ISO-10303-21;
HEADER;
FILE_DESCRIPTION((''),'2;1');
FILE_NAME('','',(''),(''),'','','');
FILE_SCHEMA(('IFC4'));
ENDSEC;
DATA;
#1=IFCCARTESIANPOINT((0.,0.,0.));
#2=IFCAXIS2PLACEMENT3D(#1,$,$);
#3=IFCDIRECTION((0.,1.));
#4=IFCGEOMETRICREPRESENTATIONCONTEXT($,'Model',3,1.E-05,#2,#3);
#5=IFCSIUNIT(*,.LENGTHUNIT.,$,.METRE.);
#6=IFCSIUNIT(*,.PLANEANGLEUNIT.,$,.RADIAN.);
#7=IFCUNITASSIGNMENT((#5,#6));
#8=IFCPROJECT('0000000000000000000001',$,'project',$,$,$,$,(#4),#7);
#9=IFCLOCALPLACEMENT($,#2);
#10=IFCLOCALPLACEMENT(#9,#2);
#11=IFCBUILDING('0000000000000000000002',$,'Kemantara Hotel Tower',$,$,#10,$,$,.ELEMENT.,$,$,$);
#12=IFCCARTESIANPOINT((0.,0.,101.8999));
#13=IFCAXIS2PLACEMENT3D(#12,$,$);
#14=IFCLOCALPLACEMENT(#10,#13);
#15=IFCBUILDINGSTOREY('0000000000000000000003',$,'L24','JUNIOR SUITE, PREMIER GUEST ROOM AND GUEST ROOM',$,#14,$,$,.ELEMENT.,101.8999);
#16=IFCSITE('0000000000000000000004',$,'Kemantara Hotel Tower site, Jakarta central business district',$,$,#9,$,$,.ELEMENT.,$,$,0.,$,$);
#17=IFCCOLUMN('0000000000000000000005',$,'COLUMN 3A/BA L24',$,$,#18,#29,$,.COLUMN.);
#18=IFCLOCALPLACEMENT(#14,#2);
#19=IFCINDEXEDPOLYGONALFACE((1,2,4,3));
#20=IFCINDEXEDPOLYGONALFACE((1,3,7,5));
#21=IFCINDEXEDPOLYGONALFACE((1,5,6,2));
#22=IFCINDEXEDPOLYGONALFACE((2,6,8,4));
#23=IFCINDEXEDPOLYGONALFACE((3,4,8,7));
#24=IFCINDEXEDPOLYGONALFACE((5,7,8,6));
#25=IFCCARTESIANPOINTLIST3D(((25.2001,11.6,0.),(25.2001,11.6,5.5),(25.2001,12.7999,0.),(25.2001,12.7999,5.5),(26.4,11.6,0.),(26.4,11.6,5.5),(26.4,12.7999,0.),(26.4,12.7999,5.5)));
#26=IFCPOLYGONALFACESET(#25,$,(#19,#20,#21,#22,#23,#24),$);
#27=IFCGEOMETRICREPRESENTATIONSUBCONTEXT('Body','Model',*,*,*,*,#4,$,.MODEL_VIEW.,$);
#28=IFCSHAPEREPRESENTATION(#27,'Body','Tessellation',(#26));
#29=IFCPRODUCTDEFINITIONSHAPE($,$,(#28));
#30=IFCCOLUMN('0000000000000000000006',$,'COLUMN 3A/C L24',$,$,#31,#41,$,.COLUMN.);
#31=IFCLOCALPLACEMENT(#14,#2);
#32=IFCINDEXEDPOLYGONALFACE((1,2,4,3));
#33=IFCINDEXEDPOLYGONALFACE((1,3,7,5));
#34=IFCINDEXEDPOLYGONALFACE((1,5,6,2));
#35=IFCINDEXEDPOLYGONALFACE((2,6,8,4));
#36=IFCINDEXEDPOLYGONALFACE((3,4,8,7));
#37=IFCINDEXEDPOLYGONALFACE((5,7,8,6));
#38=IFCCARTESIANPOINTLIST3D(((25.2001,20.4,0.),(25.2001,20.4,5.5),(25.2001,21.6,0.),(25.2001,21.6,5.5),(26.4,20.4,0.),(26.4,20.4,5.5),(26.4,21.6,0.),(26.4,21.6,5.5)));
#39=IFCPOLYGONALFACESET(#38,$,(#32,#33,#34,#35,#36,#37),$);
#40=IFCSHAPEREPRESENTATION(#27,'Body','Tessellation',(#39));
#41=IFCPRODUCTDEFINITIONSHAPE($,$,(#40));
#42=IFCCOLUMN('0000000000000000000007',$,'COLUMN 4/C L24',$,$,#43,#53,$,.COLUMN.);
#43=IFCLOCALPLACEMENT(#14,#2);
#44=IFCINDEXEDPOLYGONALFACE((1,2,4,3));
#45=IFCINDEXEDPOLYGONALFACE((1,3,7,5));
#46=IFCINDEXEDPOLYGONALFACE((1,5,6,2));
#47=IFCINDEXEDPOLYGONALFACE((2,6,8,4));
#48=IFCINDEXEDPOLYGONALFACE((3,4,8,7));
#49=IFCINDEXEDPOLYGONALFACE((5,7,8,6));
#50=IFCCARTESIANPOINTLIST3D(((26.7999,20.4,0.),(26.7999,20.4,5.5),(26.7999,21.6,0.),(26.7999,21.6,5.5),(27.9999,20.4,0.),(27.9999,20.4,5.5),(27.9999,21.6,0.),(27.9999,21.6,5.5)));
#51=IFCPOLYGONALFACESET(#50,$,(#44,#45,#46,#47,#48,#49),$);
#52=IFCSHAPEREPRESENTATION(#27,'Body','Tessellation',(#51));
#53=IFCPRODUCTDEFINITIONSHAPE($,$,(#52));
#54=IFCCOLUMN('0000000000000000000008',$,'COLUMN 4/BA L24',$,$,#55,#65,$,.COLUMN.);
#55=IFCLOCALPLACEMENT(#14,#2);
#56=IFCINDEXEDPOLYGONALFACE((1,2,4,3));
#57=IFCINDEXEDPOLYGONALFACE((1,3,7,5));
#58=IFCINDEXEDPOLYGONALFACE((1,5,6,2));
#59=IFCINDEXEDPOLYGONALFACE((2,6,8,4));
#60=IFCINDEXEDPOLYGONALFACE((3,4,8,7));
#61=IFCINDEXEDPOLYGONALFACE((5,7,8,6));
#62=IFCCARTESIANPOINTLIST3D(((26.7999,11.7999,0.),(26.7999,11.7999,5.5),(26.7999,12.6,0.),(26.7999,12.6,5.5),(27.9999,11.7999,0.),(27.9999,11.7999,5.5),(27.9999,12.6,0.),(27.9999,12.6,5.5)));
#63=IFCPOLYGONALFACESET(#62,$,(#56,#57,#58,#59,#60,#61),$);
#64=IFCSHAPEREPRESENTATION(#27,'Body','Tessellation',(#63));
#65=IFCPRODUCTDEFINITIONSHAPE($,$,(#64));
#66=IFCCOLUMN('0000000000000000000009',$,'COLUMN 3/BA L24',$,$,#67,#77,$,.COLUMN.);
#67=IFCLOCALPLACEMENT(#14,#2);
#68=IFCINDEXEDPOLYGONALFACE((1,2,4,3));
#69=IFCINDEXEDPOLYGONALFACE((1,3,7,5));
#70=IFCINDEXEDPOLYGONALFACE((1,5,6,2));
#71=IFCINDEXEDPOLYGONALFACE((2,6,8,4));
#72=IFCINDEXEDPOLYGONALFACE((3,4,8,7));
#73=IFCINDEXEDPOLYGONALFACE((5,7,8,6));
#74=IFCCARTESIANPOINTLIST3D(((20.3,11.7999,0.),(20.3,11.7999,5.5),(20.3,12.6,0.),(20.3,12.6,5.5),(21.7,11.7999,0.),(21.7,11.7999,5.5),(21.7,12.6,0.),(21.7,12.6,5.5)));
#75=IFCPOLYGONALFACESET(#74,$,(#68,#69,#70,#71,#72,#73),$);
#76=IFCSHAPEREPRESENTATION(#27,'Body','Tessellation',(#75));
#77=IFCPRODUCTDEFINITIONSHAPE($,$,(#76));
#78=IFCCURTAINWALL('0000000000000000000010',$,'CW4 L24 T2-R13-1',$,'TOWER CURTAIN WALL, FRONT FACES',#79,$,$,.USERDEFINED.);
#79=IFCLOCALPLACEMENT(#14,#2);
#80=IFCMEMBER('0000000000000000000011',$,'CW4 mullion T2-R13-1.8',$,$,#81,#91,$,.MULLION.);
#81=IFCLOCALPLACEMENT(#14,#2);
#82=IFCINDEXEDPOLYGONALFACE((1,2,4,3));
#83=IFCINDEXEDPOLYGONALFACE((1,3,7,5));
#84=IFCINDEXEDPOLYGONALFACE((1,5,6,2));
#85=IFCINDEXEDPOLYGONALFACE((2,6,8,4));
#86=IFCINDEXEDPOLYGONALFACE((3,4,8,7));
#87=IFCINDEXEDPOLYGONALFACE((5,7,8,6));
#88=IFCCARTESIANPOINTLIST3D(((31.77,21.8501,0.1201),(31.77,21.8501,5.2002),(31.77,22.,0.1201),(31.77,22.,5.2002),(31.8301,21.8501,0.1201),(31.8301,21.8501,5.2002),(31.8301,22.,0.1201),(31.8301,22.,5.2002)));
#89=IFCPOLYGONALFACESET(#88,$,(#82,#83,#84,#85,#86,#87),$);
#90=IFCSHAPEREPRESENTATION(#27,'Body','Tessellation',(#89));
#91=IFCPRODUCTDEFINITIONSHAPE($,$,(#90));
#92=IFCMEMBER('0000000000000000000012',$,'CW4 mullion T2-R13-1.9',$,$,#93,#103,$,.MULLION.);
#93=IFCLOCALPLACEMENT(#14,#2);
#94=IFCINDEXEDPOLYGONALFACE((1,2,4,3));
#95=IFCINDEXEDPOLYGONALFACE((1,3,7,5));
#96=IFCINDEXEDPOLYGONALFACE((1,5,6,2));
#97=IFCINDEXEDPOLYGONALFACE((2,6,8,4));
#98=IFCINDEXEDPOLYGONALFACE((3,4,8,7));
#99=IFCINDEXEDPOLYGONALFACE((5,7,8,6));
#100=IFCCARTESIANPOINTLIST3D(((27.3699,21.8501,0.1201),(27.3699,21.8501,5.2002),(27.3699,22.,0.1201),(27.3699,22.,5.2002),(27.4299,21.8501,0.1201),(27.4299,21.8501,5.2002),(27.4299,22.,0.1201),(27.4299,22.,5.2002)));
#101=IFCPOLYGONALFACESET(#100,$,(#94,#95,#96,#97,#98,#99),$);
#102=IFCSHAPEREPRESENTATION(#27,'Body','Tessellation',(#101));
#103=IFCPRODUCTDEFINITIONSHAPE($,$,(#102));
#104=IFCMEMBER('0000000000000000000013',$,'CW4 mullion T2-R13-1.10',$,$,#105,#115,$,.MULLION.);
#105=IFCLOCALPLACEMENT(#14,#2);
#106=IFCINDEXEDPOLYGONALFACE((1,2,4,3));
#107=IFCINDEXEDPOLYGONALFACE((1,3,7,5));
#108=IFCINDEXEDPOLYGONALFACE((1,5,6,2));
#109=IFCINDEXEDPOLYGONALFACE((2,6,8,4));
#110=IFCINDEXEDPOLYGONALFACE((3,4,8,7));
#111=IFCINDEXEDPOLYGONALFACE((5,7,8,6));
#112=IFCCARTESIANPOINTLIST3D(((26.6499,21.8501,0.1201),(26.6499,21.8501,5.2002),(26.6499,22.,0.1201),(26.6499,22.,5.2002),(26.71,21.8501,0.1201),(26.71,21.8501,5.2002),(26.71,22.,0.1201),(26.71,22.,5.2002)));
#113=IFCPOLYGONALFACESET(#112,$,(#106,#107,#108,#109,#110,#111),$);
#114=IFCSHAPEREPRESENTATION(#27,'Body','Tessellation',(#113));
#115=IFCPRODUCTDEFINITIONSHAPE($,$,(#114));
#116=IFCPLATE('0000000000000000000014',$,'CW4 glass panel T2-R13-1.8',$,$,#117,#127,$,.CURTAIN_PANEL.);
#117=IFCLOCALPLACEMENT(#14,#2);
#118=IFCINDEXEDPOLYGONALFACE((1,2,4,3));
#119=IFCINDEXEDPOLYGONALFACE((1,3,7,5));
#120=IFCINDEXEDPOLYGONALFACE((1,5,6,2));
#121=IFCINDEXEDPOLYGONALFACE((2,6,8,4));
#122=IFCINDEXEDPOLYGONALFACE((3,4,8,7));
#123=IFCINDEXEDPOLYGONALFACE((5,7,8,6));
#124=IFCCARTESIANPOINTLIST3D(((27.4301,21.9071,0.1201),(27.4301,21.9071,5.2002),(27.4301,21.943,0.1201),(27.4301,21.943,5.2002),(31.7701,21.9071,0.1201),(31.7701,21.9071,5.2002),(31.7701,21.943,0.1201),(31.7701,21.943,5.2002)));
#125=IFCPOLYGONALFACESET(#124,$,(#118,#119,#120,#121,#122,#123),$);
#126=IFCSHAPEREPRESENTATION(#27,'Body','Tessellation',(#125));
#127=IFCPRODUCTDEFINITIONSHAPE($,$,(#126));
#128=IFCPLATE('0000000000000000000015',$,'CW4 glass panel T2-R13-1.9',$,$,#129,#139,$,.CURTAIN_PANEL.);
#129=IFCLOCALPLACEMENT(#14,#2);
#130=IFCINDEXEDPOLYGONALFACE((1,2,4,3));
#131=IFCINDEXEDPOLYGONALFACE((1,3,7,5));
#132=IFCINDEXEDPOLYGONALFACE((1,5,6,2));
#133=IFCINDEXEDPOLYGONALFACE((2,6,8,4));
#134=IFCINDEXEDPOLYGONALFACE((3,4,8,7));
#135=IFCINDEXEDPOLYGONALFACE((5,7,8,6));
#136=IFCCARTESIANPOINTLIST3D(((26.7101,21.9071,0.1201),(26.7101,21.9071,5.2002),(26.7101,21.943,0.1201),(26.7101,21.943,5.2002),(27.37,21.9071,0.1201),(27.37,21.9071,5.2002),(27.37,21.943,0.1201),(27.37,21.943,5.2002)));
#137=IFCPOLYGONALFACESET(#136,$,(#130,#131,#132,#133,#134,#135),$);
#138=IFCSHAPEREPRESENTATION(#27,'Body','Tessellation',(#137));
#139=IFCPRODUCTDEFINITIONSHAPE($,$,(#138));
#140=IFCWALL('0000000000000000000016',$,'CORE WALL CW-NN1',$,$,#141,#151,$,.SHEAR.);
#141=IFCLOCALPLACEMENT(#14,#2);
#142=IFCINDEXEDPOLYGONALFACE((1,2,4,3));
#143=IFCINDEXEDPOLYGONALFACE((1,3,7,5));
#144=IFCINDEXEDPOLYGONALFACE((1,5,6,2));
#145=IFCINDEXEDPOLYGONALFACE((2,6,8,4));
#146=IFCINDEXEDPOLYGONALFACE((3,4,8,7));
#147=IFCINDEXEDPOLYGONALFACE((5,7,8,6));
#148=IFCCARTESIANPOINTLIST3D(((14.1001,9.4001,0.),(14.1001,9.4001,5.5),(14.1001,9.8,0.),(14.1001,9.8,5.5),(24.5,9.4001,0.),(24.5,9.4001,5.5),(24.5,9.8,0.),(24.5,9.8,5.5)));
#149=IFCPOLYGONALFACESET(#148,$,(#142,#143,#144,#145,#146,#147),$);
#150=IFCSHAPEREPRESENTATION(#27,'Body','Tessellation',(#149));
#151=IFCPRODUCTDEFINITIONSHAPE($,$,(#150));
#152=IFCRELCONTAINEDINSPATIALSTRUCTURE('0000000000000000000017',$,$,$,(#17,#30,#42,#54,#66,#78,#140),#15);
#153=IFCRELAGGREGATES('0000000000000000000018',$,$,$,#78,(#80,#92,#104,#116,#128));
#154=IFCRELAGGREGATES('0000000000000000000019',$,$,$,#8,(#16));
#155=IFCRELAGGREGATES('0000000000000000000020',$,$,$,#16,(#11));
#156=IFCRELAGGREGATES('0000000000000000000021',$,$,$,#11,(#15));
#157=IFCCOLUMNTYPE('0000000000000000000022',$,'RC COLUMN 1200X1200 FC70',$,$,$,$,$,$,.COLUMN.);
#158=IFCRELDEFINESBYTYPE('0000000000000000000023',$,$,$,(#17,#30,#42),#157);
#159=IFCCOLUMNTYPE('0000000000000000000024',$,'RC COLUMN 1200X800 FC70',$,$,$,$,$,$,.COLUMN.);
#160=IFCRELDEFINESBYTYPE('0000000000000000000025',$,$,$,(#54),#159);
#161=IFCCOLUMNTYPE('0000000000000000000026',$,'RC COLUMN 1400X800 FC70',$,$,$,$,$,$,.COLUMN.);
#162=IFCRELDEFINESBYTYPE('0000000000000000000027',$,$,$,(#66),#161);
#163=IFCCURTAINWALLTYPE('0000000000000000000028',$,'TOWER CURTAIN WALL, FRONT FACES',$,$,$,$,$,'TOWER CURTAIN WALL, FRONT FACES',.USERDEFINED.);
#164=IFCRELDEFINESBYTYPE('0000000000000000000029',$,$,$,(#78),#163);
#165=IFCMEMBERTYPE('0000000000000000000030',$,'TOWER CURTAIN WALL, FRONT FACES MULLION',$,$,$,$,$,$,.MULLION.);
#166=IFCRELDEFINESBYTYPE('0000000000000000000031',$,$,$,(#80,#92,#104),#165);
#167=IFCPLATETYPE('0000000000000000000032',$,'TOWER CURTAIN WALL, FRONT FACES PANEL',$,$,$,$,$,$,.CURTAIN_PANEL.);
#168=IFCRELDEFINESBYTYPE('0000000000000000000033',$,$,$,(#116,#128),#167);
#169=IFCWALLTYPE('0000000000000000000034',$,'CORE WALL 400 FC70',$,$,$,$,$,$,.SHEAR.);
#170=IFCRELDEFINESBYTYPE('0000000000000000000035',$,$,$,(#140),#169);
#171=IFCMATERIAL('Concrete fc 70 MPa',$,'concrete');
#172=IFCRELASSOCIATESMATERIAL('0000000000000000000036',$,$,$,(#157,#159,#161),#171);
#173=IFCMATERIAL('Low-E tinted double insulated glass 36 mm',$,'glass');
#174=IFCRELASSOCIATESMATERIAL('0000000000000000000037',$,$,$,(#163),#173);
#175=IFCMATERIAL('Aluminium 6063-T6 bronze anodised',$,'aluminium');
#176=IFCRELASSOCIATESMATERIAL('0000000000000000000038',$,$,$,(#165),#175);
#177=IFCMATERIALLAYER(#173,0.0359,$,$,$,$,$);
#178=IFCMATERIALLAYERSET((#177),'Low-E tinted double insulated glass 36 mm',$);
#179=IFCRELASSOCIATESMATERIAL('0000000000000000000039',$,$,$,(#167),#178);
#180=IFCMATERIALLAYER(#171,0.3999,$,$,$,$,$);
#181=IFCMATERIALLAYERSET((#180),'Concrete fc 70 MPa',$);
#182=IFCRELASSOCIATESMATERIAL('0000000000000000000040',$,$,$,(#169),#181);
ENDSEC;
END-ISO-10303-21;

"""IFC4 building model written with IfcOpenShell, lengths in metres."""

from ifc_helpers import new_model, si_unit, direction, frame, frame_2d, origin, origin_2d, place, context, subcontext, project, spatial, rectangle, extrude, source, transform, mapped, material, layer, layer_set, material_profile, profile_set, type_object, element, aggregate, save


model = new_model("IFC4")

# Units and contexts
model_context = context("Model", 3, precision=1e-05, world=origin(), true_north=direction((0.0, 1.0)))
body_context = subcontext(model_context, "Body", "Model", "MODEL_VIEW")
ifc_project = project(units=[si_unit("LENGTHUNIT", "METRE"), si_unit("PLANEANGLEUNIT", "RADIAN")], contexts=[model_context])

# Site, building, storey
site_placement = place(None, origin())
site = spatial("IfcSite", under=ifc_project, at=site_placement, Name="Kemantara Hotel Tower site, Jakarta central business district", CompositionType="ELEMENT", RefElevation=0.0)
building_placement = place(site_placement, origin())
building = spatial("IfcBuilding", under=site, at=building_placement, Name="Kemantara Hotel Tower", CompositionType="ELEMENT")
storey_placement = place(building_placement, frame((0.0, 0.0, 101.8999)))
storey = spatial("IfcBuildingStorey", under=building, at=storey_placement, Name="L24", Description="JUNIOR SUITE, PREMIER GUEST ROOM AND GUEST ROOM", CompositionType="ELEMENT", Elevation=101.8999)

# Columns
ifc_material_1 = material(Name="Concrete fc 70 MPa", Category="concrete")
ifc_material_profile_1 = material_profile(ifc_material_1, rectangle(XDim=1.2, YDim=1.2, at=origin_2d()), Name="RC 1200X1200")
ifc_profile_set_1 = profile_set([ifc_material_profile_1], Name="Concrete fc 70 MPa")
column_type_1 = type_object("IfcColumnType", Name="RC COLUMN 1200X1200 FC70", PredefinedType="COLUMN", material=ifc_profile_set_1)
for number, where, z_axis, x_axis, name in (
    (1, (25.8, 12.2, 0.0), (0.0, 0.0, 1.0), (1.0, 0.0, 0.0), "COLUMN 3A/BA L24"),
    (2, (25.8, 21.0, 0.0), (0.0, 0.0, 1.0), (1.0, 0.0, 0.0), "COLUMN 3A/C L24"),
    (3, (27.3999, 21.0, 0.0), (0.0, 0.0, 1.0), (1.0, 0.0, 0.0), "COLUMN 4/C L24"),
):
    element("IfcColumn", number, at=place(storey_placement, frame(where, z_axis=z_axis, x_axis=x_axis)), inside=storey, type_object=column_type_1, Name=name, PredefinedType="COLUMN", context=body_context, shape_type="SweptSolid", body=[
        extrude(rectangle(XDim=1.2, YDim=1.2, at=origin_2d()), origin(), (0.0, 0.0, 1.0), 5.5),
    ])
ifc_material_profile_2 = material_profile(ifc_material_1, rectangle(XDim=1.2, YDim=0.8, at=origin_2d()), Name="RC 1200X800")
ifc_profile_set_2 = profile_set([ifc_material_profile_2], Name="Concrete fc 70 MPa")
column_type_2 = type_object("IfcColumnType", Name="RC COLUMN 1200X800 FC70", PredefinedType="COLUMN", material=ifc_profile_set_2)
column_1_placement = place(storey_placement, frame((27.3999, 12.2, 0.0), z_axis=(0.0, 0.0, 1.0), x_axis=(1.0, 0.0, 0.0)))
element("IfcColumn", 4, at=column_1_placement, inside=storey, type_object=column_type_2, Name="COLUMN 4/BA L24", PredefinedType="COLUMN", context=body_context, shape_type="SweptSolid", body=[
    extrude(rectangle(XDim=1.2, YDim=0.8, at=origin_2d()), origin(), (0.0, 0.0, 1.0), 5.5),
])
ifc_material_profile_3 = material_profile(ifc_material_1, rectangle(XDim=1.3999, YDim=0.8, at=origin_2d()), Name="RC 1400X800")
ifc_profile_set_3 = profile_set([ifc_material_profile_3], Name="Concrete fc 70 MPa")
column_type_3 = type_object("IfcColumnType", Name="RC COLUMN 1400X800 FC70", PredefinedType="COLUMN", material=ifc_profile_set_3)
column_2_placement = place(storey_placement, frame((21.0, 12.2, 0.0), z_axis=(0.0, 0.0, 1.0), x_axis=(1.0, 0.0, 0.0)))
element("IfcColumn", 5, at=column_2_placement, inside=storey, type_object=column_type_3, Name="COLUMN 3/BA L24", PredefinedType="COLUMN", context=body_context, shape_type="SweptSolid", body=[
    extrude(rectangle(XDim=1.3999, YDim=0.8, at=origin_2d()), origin(), (0.0, 0.0, 1.0), 5.5),
])

# Curtain wall, members, plates
ifc_material_2 = material(Name="Low-E tinted double insulated glass 36 mm", Category="glass")
curtain_wall_type = type_object("IfcCurtainWallType", Name="TOWER CURTAIN WALL, FRONT FACES", ElementType="TOWER CURTAIN WALL, FRONT FACES", PredefinedType="USERDEFINED", material=ifc_material_2)
curtain_wall_placement = place(storey_placement, origin())
curtain_wall = element("IfcCurtainWall", 6, at=curtain_wall_placement, inside=storey, type_object=curtain_wall_type, Name="CW4 L24 T2-R13-1", ObjectType="TOWER CURTAIN WALL, FRONT FACES", PredefinedType="USERDEFINED")
ifc_material_3 = material(Name="Aluminium 6063-T6 bronze anodised", Category="aluminium")
ifc_material_profile_4 = material_profile(ifc_material_3, rectangle(XDim=0.1499, YDim=0.0601, at=origin_2d()), Name="TOWER CURTAIN WALL, FRONT FACES MULLION")
ifc_profile_set_4 = profile_set([ifc_material_profile_4], Name="Aluminium 6063-T6 bronze anodised")
member_type = type_object("IfcMemberType", Name="TOWER CURTAIN WALL, FRONT FACES MULLION", PredefinedType="MULLION", material=ifc_profile_set_4)
shared_shape_1 = source(origin(), body_context, "Body", "SweptSolid", [
    extrude(rectangle(XDim=0.1499, YDim=0.0601, at=origin_2d()), origin(), (0.0, 0.0, 1.0), 5.0801),
])
member_1_placement = place(storey_placement, frame((31.8, 21.925, 0.1201), z_axis=(0.0, 0.0, 1.0), x_axis=(0.0, -1.0, 0.0)))
member_1 = element("IfcMember", 7, at=member_1_placement, type_object=member_type, Name="CW4 mullion T2-R13-1.8", PredefinedType="MULLION", context=body_context, shape_type="MappedRepresentation", body=[
    mapped(shared_shape_1, transform((0.0, 0.0, 0.0))),
])
member_2_placement = place(storey_placement, frame((27.3999, 21.925, 0.1201), z_axis=(0.0, 0.0, 1.0), x_axis=(0.0, -1.0, 0.0)))
member_2 = element("IfcMember", 8, at=member_2_placement, type_object=member_type, Name="CW4 mullion T2-R13-1.9", PredefinedType="MULLION", context=body_context, shape_type="MappedRepresentation", body=[
    mapped(shared_shape_1, transform((0.0, 0.0, 0.0))),
])
member_3_placement = place(storey_placement, frame((26.6799, 21.925, 0.1201), z_axis=(0.0, 0.0, 1.0), x_axis=(0.0, -1.0, 0.0)))
member_3 = element("IfcMember", 9, at=member_3_placement, type_object=member_type, Name="CW4 mullion T2-R13-1.10", PredefinedType="MULLION", context=body_context, shape_type="MappedRepresentation", body=[
    mapped(shared_shape_1, transform((0.0, 0.0, 0.0))),
])
ifc_layer_1 = layer(ifc_material_2, 0.0359)
ifc_layer_set_1 = layer_set([ifc_layer_1], Name="Low-E tinted double insulated glass 36 mm")
plate_type = type_object("IfcPlateType", Name="TOWER CURTAIN WALL, FRONT FACES PANEL", PredefinedType="CURTAIN_PANEL", material=ifc_layer_set_1)
shared_shape_2 = source(origin(), body_context, "Body", "SweptSolid", [
    extrude(rectangle(XDim=4.3401, YDim=0.0359, at=origin_2d()), origin(), (0.0, 0.0, 1.0), 5.0801),
])
plate_1_placement = place(storey_placement, frame((29.6001, 21.925, 0.1201), z_axis=(0.0, 0.0, 1.0), x_axis=(-1.0, 0.0, 0.0)))
plate_1 = element("IfcPlate", 10, at=plate_1_placement, type_object=plate_type, Name="CW4 glass panel T2-R13-1.8", PredefinedType="CURTAIN_PANEL", context=body_context, shape_type="MappedRepresentation", body=[
    mapped(shared_shape_2, transform((0.0, 0.0, 0.0))),
])
shared_shape_3 = source(origin(), body_context, "Body", "SweptSolid", [
    extrude(rectangle(XDim=0.6599, YDim=0.0359, at=origin_2d()), origin(), (0.0, 0.0, 1.0), 5.0801),
])
plate_2_placement = place(storey_placement, frame((27.04, 21.925, 0.1201), z_axis=(0.0, 0.0, 1.0), x_axis=(-1.0, 0.0, 0.0)))
plate_2 = element("IfcPlate", 11, at=plate_2_placement, type_object=plate_type, Name="CW4 glass panel T2-R13-1.9", PredefinedType="CURTAIN_PANEL", context=body_context, shape_type="MappedRepresentation", body=[
    mapped(shared_shape_3, transform((0.0, 0.0, 0.0))),
])
aggregate(curtain_wall, [member_1, member_2, member_3, plate_1, plate_2])

# Wall
ifc_layer_2 = layer(ifc_material_1, 0.3999)
ifc_layer_set_2 = layer_set([ifc_layer_2], Name="Concrete fc 70 MPa")
wall_type_1 = type_object("IfcWallType", Name="CORE WALL 400 FC70", PredefinedType="SHEAR", material=ifc_layer_set_2)
wall_1_placement = place(storey_placement, frame((14.1001, 9.6001, 0.0), z_axis=(0.0, 0.0, 1.0), x_axis=(1.0, 0.0, 0.0)))
element("IfcWall", 12, at=wall_1_placement, inside=storey, type_object=wall_type_1, Name="CORE WALL CW-NN1", PredefinedType="SHEAR", context=body_context, shape_type="SweptSolid", body=[
    extrude(rectangle(XDim=10.3999, YDim=0.3999, at=frame_2d((5.2, 0.0))), origin(), (0.0, 0.0, 1.0), 5.5),
])

save(model, "model.ifc")
